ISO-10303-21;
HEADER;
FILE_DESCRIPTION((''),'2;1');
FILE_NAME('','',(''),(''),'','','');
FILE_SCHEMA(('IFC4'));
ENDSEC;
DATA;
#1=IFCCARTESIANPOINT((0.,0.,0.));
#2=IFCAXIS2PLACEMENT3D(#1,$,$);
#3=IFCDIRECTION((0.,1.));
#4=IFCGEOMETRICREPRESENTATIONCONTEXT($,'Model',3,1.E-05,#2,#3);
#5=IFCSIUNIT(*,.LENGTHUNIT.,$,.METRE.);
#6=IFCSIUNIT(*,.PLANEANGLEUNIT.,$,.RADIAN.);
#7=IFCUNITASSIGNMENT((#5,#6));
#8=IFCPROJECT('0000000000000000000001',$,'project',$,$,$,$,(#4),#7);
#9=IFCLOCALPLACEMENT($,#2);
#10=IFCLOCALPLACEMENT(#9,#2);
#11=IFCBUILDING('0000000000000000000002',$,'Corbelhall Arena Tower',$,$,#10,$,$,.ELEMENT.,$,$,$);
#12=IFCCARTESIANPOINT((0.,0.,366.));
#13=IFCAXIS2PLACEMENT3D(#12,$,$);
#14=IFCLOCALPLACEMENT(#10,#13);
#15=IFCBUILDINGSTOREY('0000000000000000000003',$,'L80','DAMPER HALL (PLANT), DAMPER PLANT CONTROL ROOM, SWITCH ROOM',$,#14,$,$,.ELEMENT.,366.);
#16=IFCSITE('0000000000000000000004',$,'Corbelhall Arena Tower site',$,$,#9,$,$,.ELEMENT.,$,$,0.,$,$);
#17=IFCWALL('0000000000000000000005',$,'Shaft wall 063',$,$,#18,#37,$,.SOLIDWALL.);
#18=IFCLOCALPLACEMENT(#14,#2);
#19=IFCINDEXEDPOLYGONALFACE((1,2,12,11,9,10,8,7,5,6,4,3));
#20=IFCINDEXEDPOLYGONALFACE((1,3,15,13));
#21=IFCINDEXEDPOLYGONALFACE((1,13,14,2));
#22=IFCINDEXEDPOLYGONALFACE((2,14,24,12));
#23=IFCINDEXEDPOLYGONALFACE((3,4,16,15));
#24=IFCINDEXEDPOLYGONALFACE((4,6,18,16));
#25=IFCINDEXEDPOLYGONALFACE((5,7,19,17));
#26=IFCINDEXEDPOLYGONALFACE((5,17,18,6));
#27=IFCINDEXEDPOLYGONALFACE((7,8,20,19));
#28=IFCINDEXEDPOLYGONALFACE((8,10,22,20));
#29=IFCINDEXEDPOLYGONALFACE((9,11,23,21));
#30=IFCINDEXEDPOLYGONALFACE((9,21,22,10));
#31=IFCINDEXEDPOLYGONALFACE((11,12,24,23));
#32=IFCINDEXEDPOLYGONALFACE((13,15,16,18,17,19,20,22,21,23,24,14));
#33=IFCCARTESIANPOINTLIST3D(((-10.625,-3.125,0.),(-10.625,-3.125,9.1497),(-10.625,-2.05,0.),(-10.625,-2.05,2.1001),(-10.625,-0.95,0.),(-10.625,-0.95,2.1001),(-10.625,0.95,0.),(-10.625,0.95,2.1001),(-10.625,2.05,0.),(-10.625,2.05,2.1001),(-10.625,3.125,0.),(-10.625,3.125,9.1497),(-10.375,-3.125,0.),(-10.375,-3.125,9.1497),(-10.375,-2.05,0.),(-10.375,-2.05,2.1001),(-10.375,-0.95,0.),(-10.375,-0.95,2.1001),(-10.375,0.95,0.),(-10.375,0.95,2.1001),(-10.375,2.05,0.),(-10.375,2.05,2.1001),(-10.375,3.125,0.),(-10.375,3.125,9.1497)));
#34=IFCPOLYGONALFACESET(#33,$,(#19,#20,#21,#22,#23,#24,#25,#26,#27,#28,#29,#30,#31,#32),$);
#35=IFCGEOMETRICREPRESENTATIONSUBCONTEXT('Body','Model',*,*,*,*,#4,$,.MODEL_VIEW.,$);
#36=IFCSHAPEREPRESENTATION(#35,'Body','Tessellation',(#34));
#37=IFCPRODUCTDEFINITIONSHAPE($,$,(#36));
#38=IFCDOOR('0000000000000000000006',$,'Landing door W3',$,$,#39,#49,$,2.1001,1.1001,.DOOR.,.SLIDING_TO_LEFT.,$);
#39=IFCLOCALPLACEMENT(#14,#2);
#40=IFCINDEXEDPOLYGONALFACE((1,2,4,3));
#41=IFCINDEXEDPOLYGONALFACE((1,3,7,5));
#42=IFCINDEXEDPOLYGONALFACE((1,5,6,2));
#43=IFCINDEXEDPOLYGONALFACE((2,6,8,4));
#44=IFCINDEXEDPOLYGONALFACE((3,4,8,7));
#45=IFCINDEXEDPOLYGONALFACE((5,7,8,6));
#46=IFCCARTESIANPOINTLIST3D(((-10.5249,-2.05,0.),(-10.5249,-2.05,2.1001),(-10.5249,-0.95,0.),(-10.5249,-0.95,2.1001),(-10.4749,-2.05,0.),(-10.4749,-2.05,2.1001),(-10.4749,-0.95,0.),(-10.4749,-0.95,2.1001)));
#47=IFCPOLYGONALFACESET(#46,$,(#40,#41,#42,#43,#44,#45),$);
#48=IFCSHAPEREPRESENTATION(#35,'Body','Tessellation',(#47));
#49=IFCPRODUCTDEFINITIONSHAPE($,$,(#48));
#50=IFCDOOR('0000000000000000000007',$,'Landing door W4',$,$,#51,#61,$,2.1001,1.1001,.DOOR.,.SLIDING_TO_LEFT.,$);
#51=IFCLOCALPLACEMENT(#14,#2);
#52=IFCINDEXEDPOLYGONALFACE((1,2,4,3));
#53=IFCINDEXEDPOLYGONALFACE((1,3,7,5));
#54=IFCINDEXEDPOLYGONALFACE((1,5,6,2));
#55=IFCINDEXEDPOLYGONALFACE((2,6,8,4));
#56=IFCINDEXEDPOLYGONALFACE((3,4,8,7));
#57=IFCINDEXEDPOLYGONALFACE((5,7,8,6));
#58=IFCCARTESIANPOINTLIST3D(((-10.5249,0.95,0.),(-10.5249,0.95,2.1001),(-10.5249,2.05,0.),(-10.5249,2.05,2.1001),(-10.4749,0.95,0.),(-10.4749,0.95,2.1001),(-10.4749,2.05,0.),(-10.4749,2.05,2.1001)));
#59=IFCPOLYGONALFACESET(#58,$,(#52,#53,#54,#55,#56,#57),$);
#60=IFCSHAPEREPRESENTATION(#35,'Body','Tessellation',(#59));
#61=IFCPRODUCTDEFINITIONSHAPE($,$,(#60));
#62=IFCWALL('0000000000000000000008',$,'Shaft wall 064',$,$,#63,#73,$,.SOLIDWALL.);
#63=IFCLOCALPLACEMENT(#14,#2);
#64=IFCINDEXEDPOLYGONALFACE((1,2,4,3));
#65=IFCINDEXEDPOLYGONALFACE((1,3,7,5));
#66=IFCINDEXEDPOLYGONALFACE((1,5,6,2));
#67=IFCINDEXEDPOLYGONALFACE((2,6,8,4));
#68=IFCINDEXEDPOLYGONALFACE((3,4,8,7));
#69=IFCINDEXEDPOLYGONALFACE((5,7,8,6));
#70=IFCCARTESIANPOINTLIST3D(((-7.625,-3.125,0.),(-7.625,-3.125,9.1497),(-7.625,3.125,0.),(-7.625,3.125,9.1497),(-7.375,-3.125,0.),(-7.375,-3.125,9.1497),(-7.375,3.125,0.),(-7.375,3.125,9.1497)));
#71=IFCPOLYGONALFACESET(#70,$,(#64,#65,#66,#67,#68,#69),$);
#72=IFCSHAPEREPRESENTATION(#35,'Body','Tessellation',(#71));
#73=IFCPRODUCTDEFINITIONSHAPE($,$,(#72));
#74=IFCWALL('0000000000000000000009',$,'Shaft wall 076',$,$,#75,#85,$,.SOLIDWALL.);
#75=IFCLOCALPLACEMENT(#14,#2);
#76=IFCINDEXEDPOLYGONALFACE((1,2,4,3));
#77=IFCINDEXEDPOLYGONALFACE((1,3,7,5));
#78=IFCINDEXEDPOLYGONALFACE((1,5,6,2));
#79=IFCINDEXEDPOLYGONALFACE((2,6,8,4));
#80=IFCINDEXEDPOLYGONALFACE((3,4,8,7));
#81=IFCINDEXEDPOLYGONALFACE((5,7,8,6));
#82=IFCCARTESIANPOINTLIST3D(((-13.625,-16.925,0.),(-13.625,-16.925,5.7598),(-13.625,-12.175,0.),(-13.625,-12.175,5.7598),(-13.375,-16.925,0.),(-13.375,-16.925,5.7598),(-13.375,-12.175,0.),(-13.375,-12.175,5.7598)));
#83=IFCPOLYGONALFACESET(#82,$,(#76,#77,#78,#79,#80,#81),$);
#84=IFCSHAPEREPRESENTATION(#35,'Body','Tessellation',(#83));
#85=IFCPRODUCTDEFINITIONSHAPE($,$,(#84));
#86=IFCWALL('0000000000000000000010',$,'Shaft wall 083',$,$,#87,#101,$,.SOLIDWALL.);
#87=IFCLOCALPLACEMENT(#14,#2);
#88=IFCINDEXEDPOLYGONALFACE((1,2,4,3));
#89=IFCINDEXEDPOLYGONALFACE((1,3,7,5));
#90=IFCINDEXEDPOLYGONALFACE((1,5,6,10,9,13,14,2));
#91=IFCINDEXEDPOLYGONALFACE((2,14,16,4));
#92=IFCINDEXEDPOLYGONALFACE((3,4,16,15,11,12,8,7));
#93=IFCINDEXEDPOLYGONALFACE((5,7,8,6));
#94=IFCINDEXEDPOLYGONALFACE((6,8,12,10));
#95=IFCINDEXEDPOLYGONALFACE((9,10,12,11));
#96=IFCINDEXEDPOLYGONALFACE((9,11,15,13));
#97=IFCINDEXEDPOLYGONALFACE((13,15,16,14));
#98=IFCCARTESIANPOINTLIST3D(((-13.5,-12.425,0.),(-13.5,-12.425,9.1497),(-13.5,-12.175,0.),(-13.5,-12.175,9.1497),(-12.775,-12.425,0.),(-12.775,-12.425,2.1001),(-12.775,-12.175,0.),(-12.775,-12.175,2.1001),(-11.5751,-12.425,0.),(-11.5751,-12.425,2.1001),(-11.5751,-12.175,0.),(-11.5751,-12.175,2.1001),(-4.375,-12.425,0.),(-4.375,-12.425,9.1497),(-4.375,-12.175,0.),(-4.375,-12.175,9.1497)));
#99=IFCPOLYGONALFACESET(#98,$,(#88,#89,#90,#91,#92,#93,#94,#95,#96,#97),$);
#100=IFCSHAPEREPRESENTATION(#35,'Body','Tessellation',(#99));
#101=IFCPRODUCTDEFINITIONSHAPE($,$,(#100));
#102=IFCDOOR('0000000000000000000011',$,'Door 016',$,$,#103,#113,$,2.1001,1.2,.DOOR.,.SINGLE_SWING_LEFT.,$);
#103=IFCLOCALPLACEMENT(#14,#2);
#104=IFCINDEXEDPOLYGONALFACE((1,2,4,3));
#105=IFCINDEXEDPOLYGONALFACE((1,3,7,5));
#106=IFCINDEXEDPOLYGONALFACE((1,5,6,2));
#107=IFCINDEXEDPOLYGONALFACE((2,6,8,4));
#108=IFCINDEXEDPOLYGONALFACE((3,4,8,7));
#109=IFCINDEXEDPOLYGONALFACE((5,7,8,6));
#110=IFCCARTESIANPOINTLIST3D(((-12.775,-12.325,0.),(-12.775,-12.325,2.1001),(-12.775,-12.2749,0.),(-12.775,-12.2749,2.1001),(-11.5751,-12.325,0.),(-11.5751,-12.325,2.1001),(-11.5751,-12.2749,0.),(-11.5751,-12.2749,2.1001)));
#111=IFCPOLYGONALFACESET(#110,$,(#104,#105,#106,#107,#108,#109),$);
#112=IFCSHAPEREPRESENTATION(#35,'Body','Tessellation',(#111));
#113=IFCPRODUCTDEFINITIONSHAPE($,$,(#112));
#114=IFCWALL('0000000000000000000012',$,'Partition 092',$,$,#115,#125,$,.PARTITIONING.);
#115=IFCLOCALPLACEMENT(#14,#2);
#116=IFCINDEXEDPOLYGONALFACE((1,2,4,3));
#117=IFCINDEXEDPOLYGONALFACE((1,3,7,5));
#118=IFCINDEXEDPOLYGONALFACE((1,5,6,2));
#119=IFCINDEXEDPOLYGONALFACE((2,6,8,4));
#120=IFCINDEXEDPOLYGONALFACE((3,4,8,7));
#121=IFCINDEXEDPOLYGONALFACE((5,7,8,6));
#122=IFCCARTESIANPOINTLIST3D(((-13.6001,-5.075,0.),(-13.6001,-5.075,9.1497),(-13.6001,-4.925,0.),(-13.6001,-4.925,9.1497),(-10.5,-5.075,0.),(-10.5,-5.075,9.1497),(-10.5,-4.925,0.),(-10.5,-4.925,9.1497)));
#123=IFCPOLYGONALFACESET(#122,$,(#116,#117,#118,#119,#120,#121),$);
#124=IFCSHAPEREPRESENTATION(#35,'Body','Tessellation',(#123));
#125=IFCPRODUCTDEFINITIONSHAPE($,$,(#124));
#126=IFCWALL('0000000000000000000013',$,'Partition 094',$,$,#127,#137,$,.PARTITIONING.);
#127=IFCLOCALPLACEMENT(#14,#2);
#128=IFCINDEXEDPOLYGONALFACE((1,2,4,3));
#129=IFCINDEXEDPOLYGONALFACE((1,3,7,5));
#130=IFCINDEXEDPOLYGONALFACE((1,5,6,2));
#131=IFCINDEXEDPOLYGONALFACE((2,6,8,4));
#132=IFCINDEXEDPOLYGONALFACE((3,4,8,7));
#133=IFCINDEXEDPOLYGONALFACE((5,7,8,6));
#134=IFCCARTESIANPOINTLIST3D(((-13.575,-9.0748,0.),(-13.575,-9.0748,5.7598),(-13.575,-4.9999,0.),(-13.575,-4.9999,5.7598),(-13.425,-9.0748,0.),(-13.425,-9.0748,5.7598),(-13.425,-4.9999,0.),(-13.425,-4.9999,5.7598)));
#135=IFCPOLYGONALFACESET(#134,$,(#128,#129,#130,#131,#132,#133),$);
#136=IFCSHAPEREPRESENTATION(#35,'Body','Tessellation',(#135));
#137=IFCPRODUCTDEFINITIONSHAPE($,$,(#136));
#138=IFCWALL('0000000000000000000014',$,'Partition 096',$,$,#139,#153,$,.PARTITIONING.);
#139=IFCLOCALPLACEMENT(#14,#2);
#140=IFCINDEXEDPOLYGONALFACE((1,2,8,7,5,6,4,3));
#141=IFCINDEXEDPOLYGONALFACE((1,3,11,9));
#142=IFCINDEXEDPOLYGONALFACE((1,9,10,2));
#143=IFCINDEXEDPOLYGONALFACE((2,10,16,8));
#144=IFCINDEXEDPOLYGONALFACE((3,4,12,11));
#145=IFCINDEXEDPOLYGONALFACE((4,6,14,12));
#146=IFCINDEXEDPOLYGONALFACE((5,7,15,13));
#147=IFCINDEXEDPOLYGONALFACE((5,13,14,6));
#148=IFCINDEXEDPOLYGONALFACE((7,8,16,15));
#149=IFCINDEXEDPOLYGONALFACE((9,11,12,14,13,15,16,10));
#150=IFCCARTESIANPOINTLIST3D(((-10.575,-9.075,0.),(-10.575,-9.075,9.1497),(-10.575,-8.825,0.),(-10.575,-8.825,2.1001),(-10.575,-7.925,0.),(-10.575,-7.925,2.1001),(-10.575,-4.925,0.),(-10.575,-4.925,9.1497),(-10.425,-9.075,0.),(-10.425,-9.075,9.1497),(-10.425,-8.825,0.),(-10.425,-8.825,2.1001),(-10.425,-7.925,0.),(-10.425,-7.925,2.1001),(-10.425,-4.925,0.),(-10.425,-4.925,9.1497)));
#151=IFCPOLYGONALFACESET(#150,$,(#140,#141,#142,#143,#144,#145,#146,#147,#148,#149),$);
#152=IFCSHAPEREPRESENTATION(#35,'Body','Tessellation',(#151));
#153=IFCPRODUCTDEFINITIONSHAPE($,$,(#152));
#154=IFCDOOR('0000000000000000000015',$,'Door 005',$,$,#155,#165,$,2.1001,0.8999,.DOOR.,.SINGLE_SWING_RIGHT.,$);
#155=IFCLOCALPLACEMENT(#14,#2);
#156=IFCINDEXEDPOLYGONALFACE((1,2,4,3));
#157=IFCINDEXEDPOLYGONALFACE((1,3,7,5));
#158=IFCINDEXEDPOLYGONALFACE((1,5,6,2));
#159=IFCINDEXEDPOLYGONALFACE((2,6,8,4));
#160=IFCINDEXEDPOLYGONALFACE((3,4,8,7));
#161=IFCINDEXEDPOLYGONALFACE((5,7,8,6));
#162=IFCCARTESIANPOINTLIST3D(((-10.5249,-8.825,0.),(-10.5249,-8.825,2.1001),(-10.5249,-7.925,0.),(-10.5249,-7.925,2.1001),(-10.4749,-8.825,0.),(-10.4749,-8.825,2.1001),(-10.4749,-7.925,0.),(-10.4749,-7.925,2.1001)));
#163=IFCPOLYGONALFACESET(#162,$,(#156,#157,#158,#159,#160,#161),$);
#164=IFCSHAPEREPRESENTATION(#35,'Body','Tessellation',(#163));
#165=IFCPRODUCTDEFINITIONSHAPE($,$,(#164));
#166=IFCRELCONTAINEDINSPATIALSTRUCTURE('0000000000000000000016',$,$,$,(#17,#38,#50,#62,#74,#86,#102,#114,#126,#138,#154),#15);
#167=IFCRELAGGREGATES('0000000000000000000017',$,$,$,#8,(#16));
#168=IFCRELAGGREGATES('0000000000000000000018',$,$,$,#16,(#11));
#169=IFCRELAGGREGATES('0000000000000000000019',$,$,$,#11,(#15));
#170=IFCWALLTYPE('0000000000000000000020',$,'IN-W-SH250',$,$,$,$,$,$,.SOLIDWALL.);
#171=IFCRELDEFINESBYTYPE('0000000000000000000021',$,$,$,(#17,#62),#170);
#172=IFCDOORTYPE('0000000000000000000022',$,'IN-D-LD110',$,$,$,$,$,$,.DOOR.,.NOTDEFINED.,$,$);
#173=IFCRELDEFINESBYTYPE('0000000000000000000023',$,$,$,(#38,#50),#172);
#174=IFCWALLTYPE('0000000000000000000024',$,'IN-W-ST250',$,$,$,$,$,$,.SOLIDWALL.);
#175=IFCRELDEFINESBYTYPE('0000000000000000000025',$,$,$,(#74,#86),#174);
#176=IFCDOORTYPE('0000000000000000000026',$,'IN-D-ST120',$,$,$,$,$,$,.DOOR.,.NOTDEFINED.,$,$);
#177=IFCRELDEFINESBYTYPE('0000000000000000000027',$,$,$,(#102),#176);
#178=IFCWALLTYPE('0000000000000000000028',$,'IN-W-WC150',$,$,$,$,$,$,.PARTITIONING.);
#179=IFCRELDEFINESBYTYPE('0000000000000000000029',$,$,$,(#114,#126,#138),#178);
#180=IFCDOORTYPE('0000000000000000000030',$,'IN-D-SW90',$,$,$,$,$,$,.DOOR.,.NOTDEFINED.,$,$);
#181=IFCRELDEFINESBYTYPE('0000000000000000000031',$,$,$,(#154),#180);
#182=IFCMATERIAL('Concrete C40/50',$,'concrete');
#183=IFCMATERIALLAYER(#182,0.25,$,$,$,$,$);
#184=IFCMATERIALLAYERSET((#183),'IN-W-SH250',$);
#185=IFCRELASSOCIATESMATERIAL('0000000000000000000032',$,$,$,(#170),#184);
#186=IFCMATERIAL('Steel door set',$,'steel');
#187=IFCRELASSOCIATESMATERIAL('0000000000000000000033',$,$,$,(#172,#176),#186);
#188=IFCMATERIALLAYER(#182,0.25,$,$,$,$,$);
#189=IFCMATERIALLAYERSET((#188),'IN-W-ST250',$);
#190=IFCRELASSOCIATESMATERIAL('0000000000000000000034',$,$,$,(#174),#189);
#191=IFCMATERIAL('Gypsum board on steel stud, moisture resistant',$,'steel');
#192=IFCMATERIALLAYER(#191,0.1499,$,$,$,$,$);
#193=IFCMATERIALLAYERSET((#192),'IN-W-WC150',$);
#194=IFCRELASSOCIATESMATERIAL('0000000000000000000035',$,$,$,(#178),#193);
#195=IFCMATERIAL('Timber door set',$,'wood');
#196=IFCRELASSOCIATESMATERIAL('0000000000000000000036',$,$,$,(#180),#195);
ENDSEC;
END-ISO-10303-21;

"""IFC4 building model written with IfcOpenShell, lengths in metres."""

from ifc_helpers import new_model, si_unit, direction, frame, frame_2d, origin, place, context, subcontext, project, spatial, rectangle, extrude, material, layer, layer_set, type_object, element, fill, save


model = new_model("IFC4")

# Units and contexts
model_context = context("Model", 3, precision=1e-05, world=origin(), true_north=direction((0.0, 1.0)))
body_context = subcontext(model_context, "Body", "Model", "MODEL_VIEW")
ifc_project = project(units=[si_unit("LENGTHUNIT", "METRE"), si_unit("PLANEANGLEUNIT", "RADIAN")], contexts=[model_context])

# Site, building, storey
site_placement = place(None, origin())
site = spatial("IfcSite", under=ifc_project, at=site_placement, Name="Corbelhall Arena Tower site", CompositionType="ELEMENT", RefElevation=0.0)
building_placement = place(site_placement, origin())
building = spatial("IfcBuilding", under=site, at=building_placement, Name="Corbelhall Arena Tower", CompositionType="ELEMENT")
storey_placement = place(building_placement, frame((0.0, 0.0, 366.0)))
storey = spatial("IfcBuildingStorey", under=building, at=storey_placement, Name="L80", Description="DAMPER HALL (PLANT), DAMPER PLANT CONTROL ROOM, SWITCH ROOM", CompositionType="ELEMENT", Elevation=366.0)

# Shared definitions
ifc_material_1 = material(Name="Steel door set", Category="steel")

# Wall, openings, doors
ifc_material_2 = material(Name="Concrete C40/50", Category="concrete")
ifc_layer_1 = layer(ifc_material_2, 0.25)
ifc_layer_set_1 = layer_set([ifc_layer_1], Name="IN-W-SH250")
wall_type_1 = type_object("IfcWallType", Name="IN-W-SH250", PredefinedType="SOLIDWALL", material=ifc_layer_set_1)
wall_1_placement = place(storey_placement, frame((-10.5, -3.125, 0.0), z_axis=(0.0, 0.0, 1.0), x_axis=(0.0, 1.0, 0.0)))
wall_1 = element("IfcWall", 1, at=wall_1_placement, inside=storey, type_object=wall_type_1, Name="Shaft wall 063", PredefinedType="SOLIDWALL", context=body_context, shape_type="SweptSolid", body=[
    extrude(rectangle(XDim=6.25, YDim=0.25, at=frame_2d((3.125, 0.0))), origin(), (0.0, 0.0, 1.0), 9.1497),
])
opening_1_placement = place(wall_1_placement, frame((1.075, 0.0, 0.0)))
opening_1 = element("IfcOpeningElement", 2, at=opening_1_placement, cuts=wall_1, PredefinedType="OPENING", context=body_context, shape_type="SweptSolid", body=[
    extrude(rectangle(XDim=1.1001, YDim=2.1001, at=frame_2d((0.55, 1.05))), frame((0.0, 0.125, 0.0), z_axis=(0.0, -1.0, 0.0), x_axis=(1.0, 0.0, 0.0)), (0.0, 0.0, 1.0), 0.25),
])
opening_2_placement = place(wall_1_placement, frame((4.075, 0.0, 0.0)))
opening_2 = element("IfcOpeningElement", 3, at=opening_2_placement, cuts=wall_1, PredefinedType="OPENING", context=body_context, shape_type="SweptSolid", body=[
    extrude(rectangle(XDim=1.1001, YDim=2.1001, at=frame_2d((0.55, 1.05))), frame((0.0, 0.125, 0.0), z_axis=(0.0, -1.0, 0.0), x_axis=(1.0, 0.0, 0.0)), (0.0, 0.0, 1.0), 0.25),
])
door_type_1 = type_object("IfcDoorType", Name="IN-D-LD110", OperationType="NOTDEFINED", PredefinedType="DOOR", material=ifc_material_1)
door_1_placement = place(opening_1_placement, origin())
door_1 = element("IfcDoor", 4, at=door_1_placement, inside=storey, type_object=door_type_1, Name="Landing door W3", OperationType="SLIDING_TO_LEFT", OverallHeight=2.1001, OverallWidth=1.1001, PredefinedType="DOOR", context=body_context, shape_type="SweptSolid", body=[
    extrude(rectangle(XDim=1.1001, YDim=2.1001, at=frame_2d((0.55, 1.05))), frame((0.0, 0.0249, 0.0), z_axis=(0.0, -1.0, 0.0), x_axis=(1.0, 0.0, 0.0)), (0.0, 0.0, 1.0), 0.05),
])
fill(opening_1, door_1)
door_2_placement = place(opening_2_placement, origin())
door_2 = element("IfcDoor", 5, at=door_2_placement, inside=storey, type_object=door_type_1, Name="Landing door W4", OperationType="SLIDING_TO_LEFT", OverallHeight=2.1001, OverallWidth=1.1001, PredefinedType="DOOR", context=body_context, shape_type="SweptSolid", body=[
    extrude(rectangle(XDim=1.1001, YDim=2.1001, at=frame_2d((0.55, 1.05))), frame((0.0, 0.0249, 0.0), z_axis=(0.0, -1.0, 0.0), x_axis=(1.0, 0.0, 0.0)), (0.0, 0.0, 1.0), 0.05),
])
fill(opening_2, door_2)

# Walls
wall_2_placement = place(storey_placement, frame((-7.5, -3.125, 0.0), z_axis=(0.0, 0.0, 1.0), x_axis=(0.0, 1.0, 0.0)))
element("IfcWall", 6, at=wall_2_placement, inside=storey, type_object=wall_type_1, Name="Shaft wall 064", PredefinedType="SOLIDWALL", context=body_context, shape_type="SweptSolid", body=[
    extrude(rectangle(XDim=6.25, YDim=0.25, at=frame_2d((3.125, 0.0))), origin(), (0.0, 0.0, 1.0), 9.1497),
])
ifc_layer_2 = layer(ifc_material_2, 0.25)
ifc_layer_set_2 = layer_set([ifc_layer_2], Name="IN-W-ST250")
wall_type_2 = type_object("IfcWallType", Name="IN-W-ST250", PredefinedType="SOLIDWALL", material=ifc_layer_set_2)
wall_3_placement = place(storey_placement, frame((-13.5, -12.175, 0.0), z_axis=(0.0, 0.0, 1.0), x_axis=(0.0, -1.0, 0.0)))
element("IfcWall", 7, at=wall_3_placement, inside=storey, type_object=wall_type_2, Name="Shaft wall 076", PredefinedType="SOLIDWALL", context=body_context, shape_type="SweptSolid", body=[
    extrude(rectangle(XDim=4.75, YDim=0.25, at=frame_2d((2.375, 0.0))), origin(), (0.0, 0.0, 1.0), 5.7598),
])

# Wall, opening, door
wall_4_placement = place(storey_placement, frame((-4.375, -12.3, 0.0), z_axis=(0.0, 0.0, 1.0), x_axis=(-1.0, 0.0, 0.0)))
wall_4 = element("IfcWall", 8, at=wall_4_placement, inside=storey, type_object=wall_type_2, Name="Shaft wall 083", PredefinedType="SOLIDWALL", context=body_context, shape_type="SweptSolid", body=[
    extrude(rectangle(XDim=9.125, YDim=0.25, at=frame_2d((4.5625, 0.0))), origin(), (0.0, 0.0, 1.0), 9.1497),
])
opening_3_placement = place(wall_4_placement, frame((7.2, 0.0, 0.0)))
opening_3 = element("IfcOpeningElement", 9, at=opening_3_placement, cuts=wall_4, PredefinedType="OPENING", context=body_context, shape_type="SweptSolid", body=[
    extrude(rectangle(XDim=1.2, YDim=2.1001, at=frame_2d((0.6001, 1.05))), frame((0.0, 0.125, 0.0), z_axis=(0.0, -1.0, 0.0), x_axis=(1.0, 0.0, 0.0)), (0.0, 0.0, 1.0), 0.25),
])
door_type_2 = type_object("IfcDoorType", Name="IN-D-ST120", OperationType="NOTDEFINED", PredefinedType="DOOR", material=ifc_material_1)
door_3_placement = place(opening_3_placement, origin())
door_3 = element("IfcDoor", 10, at=door_3_placement, inside=storey, type_object=door_type_2, Name="Door 016", OperationType="SINGLE_SWING_LEFT", OverallHeight=2.1001, OverallWidth=1.2, PredefinedType="DOOR", context=body_context, shape_type="SweptSolid", body=[
    extrude(rectangle(XDim=1.2, YDim=2.1001, at=frame_2d((0.6001, 1.05))), frame((0.0, 0.0249, 0.0), z_axis=(0.0, -1.0, 0.0), x_axis=(1.0, 0.0, 0.0)), (0.0, 0.0, 1.0), 0.05),
])
fill(opening_3, door_3)

# Walls
ifc_material_3 = material(Name="Gypsum board on steel stud, moisture resistant", Category="steel")
ifc_layer_3 = layer(ifc_material_3, 0.1499)
ifc_layer_set_3 = layer_set([ifc_layer_3], Name="IN-W-WC150")
wall_type_3 = type_object("IfcWallType", Name="IN-W-WC150", PredefinedType="PARTITIONING", material=ifc_layer_set_3)
wall_5_placement = place(storey_placement, frame((-13.6001, -5.0, 0.0), z_axis=(0.0, 0.0, 1.0), x_axis=(1.0, 0.0, 0.0)))
element("IfcWall", 11, at=wall_5_placement, inside=storey, type_object=wall_type_3, Name="Partition 092", PredefinedType="PARTITIONING", context=body_context, shape_type="SweptSolid", body=[
    extrude(rectangle(XDim=3.1001, YDim=0.1499, at=frame_2d((1.55, 0.0))), origin(), (0.0, 0.0, 1.0), 9.1497),
])
wall_6_placement = place(storey_placement, frame((-13.5, -9.075, 0.0), z_axis=(0.0, 0.0, 1.0), x_axis=(0.0, 1.0, 0.0)))
element("IfcWall", 12, at=wall_6_placement, inside=storey, type_object=wall_type_3, Name="Partition 094", PredefinedType="PARTITIONING", context=body_context, shape_type="SweptSolid", body=[
    extrude(rectangle(XDim=4.075, YDim=0.1499, at=frame_2d((2.0376, 0.0))), origin(), (0.0, 0.0, 1.0), 5.7598),
])

# Wall, opening, door
wall_7_placement = place(storey_placement, frame((-10.5, -9.075, 0.0), z_axis=(0.0, 0.0, 1.0), x_axis=(0.0, 1.0, 0.0)))
wall_7 = element("IfcWall", 13, at=wall_7_placement, inside=storey, type_object=wall_type_3, Name="Partition 096", PredefinedType="PARTITIONING", context=body_context, shape_type="SweptSolid", body=[
    extrude(rectangle(XDim=4.1499, YDim=0.1499, at=frame_2d((2.075, 0.0))), origin(), (0.0, 0.0, 1.0), 9.1497),
])
opening_4_placement = place(wall_7_placement, frame((0.25, 0.0, 0.0)))
opening_4 = element("IfcOpeningElement", 14, at=opening_4_placement, cuts=wall_7, PredefinedType="OPENING", context=body_context, shape_type="SweptSolid", body=[
    extrude(rectangle(XDim=0.8999, YDim=2.1001, at=frame_2d((0.45, 1.05))), frame((0.0, 0.075, 0.0), z_axis=(0.0, -1.0, 0.0), x_axis=(1.0, 0.0, 0.0)), (0.0, 0.0, 1.0), 0.1499),
])
ifc_material_4 = material(Name="Timber door set", Category="wood")
door_type_3 = type_object("IfcDoorType", Name="IN-D-SW90", OperationType="NOTDEFINED", PredefinedType="DOOR", material=ifc_material_4)
door_4_placement = place(opening_4_placement, origin())
door_4 = element("IfcDoor", 15, at=door_4_placement, inside=storey, type_object=door_type_3, Name="Door 005", OperationType="SINGLE_SWING_RIGHT", OverallHeight=2.1001, OverallWidth=0.8999, PredefinedType="DOOR", context=body_context, shape_type="SweptSolid", body=[
    extrude(rectangle(XDim=0.8999, YDim=2.1001, at=frame_2d((0.45, 1.05))), frame((0.0, 0.0249, 0.0), z_axis=(0.0, -1.0, 0.0), x_axis=(1.0, 0.0, 0.0)), (0.0, 0.0, 1.0), 0.05),
])
fill(opening_4, door_4)

save(model, "model.ifc")
